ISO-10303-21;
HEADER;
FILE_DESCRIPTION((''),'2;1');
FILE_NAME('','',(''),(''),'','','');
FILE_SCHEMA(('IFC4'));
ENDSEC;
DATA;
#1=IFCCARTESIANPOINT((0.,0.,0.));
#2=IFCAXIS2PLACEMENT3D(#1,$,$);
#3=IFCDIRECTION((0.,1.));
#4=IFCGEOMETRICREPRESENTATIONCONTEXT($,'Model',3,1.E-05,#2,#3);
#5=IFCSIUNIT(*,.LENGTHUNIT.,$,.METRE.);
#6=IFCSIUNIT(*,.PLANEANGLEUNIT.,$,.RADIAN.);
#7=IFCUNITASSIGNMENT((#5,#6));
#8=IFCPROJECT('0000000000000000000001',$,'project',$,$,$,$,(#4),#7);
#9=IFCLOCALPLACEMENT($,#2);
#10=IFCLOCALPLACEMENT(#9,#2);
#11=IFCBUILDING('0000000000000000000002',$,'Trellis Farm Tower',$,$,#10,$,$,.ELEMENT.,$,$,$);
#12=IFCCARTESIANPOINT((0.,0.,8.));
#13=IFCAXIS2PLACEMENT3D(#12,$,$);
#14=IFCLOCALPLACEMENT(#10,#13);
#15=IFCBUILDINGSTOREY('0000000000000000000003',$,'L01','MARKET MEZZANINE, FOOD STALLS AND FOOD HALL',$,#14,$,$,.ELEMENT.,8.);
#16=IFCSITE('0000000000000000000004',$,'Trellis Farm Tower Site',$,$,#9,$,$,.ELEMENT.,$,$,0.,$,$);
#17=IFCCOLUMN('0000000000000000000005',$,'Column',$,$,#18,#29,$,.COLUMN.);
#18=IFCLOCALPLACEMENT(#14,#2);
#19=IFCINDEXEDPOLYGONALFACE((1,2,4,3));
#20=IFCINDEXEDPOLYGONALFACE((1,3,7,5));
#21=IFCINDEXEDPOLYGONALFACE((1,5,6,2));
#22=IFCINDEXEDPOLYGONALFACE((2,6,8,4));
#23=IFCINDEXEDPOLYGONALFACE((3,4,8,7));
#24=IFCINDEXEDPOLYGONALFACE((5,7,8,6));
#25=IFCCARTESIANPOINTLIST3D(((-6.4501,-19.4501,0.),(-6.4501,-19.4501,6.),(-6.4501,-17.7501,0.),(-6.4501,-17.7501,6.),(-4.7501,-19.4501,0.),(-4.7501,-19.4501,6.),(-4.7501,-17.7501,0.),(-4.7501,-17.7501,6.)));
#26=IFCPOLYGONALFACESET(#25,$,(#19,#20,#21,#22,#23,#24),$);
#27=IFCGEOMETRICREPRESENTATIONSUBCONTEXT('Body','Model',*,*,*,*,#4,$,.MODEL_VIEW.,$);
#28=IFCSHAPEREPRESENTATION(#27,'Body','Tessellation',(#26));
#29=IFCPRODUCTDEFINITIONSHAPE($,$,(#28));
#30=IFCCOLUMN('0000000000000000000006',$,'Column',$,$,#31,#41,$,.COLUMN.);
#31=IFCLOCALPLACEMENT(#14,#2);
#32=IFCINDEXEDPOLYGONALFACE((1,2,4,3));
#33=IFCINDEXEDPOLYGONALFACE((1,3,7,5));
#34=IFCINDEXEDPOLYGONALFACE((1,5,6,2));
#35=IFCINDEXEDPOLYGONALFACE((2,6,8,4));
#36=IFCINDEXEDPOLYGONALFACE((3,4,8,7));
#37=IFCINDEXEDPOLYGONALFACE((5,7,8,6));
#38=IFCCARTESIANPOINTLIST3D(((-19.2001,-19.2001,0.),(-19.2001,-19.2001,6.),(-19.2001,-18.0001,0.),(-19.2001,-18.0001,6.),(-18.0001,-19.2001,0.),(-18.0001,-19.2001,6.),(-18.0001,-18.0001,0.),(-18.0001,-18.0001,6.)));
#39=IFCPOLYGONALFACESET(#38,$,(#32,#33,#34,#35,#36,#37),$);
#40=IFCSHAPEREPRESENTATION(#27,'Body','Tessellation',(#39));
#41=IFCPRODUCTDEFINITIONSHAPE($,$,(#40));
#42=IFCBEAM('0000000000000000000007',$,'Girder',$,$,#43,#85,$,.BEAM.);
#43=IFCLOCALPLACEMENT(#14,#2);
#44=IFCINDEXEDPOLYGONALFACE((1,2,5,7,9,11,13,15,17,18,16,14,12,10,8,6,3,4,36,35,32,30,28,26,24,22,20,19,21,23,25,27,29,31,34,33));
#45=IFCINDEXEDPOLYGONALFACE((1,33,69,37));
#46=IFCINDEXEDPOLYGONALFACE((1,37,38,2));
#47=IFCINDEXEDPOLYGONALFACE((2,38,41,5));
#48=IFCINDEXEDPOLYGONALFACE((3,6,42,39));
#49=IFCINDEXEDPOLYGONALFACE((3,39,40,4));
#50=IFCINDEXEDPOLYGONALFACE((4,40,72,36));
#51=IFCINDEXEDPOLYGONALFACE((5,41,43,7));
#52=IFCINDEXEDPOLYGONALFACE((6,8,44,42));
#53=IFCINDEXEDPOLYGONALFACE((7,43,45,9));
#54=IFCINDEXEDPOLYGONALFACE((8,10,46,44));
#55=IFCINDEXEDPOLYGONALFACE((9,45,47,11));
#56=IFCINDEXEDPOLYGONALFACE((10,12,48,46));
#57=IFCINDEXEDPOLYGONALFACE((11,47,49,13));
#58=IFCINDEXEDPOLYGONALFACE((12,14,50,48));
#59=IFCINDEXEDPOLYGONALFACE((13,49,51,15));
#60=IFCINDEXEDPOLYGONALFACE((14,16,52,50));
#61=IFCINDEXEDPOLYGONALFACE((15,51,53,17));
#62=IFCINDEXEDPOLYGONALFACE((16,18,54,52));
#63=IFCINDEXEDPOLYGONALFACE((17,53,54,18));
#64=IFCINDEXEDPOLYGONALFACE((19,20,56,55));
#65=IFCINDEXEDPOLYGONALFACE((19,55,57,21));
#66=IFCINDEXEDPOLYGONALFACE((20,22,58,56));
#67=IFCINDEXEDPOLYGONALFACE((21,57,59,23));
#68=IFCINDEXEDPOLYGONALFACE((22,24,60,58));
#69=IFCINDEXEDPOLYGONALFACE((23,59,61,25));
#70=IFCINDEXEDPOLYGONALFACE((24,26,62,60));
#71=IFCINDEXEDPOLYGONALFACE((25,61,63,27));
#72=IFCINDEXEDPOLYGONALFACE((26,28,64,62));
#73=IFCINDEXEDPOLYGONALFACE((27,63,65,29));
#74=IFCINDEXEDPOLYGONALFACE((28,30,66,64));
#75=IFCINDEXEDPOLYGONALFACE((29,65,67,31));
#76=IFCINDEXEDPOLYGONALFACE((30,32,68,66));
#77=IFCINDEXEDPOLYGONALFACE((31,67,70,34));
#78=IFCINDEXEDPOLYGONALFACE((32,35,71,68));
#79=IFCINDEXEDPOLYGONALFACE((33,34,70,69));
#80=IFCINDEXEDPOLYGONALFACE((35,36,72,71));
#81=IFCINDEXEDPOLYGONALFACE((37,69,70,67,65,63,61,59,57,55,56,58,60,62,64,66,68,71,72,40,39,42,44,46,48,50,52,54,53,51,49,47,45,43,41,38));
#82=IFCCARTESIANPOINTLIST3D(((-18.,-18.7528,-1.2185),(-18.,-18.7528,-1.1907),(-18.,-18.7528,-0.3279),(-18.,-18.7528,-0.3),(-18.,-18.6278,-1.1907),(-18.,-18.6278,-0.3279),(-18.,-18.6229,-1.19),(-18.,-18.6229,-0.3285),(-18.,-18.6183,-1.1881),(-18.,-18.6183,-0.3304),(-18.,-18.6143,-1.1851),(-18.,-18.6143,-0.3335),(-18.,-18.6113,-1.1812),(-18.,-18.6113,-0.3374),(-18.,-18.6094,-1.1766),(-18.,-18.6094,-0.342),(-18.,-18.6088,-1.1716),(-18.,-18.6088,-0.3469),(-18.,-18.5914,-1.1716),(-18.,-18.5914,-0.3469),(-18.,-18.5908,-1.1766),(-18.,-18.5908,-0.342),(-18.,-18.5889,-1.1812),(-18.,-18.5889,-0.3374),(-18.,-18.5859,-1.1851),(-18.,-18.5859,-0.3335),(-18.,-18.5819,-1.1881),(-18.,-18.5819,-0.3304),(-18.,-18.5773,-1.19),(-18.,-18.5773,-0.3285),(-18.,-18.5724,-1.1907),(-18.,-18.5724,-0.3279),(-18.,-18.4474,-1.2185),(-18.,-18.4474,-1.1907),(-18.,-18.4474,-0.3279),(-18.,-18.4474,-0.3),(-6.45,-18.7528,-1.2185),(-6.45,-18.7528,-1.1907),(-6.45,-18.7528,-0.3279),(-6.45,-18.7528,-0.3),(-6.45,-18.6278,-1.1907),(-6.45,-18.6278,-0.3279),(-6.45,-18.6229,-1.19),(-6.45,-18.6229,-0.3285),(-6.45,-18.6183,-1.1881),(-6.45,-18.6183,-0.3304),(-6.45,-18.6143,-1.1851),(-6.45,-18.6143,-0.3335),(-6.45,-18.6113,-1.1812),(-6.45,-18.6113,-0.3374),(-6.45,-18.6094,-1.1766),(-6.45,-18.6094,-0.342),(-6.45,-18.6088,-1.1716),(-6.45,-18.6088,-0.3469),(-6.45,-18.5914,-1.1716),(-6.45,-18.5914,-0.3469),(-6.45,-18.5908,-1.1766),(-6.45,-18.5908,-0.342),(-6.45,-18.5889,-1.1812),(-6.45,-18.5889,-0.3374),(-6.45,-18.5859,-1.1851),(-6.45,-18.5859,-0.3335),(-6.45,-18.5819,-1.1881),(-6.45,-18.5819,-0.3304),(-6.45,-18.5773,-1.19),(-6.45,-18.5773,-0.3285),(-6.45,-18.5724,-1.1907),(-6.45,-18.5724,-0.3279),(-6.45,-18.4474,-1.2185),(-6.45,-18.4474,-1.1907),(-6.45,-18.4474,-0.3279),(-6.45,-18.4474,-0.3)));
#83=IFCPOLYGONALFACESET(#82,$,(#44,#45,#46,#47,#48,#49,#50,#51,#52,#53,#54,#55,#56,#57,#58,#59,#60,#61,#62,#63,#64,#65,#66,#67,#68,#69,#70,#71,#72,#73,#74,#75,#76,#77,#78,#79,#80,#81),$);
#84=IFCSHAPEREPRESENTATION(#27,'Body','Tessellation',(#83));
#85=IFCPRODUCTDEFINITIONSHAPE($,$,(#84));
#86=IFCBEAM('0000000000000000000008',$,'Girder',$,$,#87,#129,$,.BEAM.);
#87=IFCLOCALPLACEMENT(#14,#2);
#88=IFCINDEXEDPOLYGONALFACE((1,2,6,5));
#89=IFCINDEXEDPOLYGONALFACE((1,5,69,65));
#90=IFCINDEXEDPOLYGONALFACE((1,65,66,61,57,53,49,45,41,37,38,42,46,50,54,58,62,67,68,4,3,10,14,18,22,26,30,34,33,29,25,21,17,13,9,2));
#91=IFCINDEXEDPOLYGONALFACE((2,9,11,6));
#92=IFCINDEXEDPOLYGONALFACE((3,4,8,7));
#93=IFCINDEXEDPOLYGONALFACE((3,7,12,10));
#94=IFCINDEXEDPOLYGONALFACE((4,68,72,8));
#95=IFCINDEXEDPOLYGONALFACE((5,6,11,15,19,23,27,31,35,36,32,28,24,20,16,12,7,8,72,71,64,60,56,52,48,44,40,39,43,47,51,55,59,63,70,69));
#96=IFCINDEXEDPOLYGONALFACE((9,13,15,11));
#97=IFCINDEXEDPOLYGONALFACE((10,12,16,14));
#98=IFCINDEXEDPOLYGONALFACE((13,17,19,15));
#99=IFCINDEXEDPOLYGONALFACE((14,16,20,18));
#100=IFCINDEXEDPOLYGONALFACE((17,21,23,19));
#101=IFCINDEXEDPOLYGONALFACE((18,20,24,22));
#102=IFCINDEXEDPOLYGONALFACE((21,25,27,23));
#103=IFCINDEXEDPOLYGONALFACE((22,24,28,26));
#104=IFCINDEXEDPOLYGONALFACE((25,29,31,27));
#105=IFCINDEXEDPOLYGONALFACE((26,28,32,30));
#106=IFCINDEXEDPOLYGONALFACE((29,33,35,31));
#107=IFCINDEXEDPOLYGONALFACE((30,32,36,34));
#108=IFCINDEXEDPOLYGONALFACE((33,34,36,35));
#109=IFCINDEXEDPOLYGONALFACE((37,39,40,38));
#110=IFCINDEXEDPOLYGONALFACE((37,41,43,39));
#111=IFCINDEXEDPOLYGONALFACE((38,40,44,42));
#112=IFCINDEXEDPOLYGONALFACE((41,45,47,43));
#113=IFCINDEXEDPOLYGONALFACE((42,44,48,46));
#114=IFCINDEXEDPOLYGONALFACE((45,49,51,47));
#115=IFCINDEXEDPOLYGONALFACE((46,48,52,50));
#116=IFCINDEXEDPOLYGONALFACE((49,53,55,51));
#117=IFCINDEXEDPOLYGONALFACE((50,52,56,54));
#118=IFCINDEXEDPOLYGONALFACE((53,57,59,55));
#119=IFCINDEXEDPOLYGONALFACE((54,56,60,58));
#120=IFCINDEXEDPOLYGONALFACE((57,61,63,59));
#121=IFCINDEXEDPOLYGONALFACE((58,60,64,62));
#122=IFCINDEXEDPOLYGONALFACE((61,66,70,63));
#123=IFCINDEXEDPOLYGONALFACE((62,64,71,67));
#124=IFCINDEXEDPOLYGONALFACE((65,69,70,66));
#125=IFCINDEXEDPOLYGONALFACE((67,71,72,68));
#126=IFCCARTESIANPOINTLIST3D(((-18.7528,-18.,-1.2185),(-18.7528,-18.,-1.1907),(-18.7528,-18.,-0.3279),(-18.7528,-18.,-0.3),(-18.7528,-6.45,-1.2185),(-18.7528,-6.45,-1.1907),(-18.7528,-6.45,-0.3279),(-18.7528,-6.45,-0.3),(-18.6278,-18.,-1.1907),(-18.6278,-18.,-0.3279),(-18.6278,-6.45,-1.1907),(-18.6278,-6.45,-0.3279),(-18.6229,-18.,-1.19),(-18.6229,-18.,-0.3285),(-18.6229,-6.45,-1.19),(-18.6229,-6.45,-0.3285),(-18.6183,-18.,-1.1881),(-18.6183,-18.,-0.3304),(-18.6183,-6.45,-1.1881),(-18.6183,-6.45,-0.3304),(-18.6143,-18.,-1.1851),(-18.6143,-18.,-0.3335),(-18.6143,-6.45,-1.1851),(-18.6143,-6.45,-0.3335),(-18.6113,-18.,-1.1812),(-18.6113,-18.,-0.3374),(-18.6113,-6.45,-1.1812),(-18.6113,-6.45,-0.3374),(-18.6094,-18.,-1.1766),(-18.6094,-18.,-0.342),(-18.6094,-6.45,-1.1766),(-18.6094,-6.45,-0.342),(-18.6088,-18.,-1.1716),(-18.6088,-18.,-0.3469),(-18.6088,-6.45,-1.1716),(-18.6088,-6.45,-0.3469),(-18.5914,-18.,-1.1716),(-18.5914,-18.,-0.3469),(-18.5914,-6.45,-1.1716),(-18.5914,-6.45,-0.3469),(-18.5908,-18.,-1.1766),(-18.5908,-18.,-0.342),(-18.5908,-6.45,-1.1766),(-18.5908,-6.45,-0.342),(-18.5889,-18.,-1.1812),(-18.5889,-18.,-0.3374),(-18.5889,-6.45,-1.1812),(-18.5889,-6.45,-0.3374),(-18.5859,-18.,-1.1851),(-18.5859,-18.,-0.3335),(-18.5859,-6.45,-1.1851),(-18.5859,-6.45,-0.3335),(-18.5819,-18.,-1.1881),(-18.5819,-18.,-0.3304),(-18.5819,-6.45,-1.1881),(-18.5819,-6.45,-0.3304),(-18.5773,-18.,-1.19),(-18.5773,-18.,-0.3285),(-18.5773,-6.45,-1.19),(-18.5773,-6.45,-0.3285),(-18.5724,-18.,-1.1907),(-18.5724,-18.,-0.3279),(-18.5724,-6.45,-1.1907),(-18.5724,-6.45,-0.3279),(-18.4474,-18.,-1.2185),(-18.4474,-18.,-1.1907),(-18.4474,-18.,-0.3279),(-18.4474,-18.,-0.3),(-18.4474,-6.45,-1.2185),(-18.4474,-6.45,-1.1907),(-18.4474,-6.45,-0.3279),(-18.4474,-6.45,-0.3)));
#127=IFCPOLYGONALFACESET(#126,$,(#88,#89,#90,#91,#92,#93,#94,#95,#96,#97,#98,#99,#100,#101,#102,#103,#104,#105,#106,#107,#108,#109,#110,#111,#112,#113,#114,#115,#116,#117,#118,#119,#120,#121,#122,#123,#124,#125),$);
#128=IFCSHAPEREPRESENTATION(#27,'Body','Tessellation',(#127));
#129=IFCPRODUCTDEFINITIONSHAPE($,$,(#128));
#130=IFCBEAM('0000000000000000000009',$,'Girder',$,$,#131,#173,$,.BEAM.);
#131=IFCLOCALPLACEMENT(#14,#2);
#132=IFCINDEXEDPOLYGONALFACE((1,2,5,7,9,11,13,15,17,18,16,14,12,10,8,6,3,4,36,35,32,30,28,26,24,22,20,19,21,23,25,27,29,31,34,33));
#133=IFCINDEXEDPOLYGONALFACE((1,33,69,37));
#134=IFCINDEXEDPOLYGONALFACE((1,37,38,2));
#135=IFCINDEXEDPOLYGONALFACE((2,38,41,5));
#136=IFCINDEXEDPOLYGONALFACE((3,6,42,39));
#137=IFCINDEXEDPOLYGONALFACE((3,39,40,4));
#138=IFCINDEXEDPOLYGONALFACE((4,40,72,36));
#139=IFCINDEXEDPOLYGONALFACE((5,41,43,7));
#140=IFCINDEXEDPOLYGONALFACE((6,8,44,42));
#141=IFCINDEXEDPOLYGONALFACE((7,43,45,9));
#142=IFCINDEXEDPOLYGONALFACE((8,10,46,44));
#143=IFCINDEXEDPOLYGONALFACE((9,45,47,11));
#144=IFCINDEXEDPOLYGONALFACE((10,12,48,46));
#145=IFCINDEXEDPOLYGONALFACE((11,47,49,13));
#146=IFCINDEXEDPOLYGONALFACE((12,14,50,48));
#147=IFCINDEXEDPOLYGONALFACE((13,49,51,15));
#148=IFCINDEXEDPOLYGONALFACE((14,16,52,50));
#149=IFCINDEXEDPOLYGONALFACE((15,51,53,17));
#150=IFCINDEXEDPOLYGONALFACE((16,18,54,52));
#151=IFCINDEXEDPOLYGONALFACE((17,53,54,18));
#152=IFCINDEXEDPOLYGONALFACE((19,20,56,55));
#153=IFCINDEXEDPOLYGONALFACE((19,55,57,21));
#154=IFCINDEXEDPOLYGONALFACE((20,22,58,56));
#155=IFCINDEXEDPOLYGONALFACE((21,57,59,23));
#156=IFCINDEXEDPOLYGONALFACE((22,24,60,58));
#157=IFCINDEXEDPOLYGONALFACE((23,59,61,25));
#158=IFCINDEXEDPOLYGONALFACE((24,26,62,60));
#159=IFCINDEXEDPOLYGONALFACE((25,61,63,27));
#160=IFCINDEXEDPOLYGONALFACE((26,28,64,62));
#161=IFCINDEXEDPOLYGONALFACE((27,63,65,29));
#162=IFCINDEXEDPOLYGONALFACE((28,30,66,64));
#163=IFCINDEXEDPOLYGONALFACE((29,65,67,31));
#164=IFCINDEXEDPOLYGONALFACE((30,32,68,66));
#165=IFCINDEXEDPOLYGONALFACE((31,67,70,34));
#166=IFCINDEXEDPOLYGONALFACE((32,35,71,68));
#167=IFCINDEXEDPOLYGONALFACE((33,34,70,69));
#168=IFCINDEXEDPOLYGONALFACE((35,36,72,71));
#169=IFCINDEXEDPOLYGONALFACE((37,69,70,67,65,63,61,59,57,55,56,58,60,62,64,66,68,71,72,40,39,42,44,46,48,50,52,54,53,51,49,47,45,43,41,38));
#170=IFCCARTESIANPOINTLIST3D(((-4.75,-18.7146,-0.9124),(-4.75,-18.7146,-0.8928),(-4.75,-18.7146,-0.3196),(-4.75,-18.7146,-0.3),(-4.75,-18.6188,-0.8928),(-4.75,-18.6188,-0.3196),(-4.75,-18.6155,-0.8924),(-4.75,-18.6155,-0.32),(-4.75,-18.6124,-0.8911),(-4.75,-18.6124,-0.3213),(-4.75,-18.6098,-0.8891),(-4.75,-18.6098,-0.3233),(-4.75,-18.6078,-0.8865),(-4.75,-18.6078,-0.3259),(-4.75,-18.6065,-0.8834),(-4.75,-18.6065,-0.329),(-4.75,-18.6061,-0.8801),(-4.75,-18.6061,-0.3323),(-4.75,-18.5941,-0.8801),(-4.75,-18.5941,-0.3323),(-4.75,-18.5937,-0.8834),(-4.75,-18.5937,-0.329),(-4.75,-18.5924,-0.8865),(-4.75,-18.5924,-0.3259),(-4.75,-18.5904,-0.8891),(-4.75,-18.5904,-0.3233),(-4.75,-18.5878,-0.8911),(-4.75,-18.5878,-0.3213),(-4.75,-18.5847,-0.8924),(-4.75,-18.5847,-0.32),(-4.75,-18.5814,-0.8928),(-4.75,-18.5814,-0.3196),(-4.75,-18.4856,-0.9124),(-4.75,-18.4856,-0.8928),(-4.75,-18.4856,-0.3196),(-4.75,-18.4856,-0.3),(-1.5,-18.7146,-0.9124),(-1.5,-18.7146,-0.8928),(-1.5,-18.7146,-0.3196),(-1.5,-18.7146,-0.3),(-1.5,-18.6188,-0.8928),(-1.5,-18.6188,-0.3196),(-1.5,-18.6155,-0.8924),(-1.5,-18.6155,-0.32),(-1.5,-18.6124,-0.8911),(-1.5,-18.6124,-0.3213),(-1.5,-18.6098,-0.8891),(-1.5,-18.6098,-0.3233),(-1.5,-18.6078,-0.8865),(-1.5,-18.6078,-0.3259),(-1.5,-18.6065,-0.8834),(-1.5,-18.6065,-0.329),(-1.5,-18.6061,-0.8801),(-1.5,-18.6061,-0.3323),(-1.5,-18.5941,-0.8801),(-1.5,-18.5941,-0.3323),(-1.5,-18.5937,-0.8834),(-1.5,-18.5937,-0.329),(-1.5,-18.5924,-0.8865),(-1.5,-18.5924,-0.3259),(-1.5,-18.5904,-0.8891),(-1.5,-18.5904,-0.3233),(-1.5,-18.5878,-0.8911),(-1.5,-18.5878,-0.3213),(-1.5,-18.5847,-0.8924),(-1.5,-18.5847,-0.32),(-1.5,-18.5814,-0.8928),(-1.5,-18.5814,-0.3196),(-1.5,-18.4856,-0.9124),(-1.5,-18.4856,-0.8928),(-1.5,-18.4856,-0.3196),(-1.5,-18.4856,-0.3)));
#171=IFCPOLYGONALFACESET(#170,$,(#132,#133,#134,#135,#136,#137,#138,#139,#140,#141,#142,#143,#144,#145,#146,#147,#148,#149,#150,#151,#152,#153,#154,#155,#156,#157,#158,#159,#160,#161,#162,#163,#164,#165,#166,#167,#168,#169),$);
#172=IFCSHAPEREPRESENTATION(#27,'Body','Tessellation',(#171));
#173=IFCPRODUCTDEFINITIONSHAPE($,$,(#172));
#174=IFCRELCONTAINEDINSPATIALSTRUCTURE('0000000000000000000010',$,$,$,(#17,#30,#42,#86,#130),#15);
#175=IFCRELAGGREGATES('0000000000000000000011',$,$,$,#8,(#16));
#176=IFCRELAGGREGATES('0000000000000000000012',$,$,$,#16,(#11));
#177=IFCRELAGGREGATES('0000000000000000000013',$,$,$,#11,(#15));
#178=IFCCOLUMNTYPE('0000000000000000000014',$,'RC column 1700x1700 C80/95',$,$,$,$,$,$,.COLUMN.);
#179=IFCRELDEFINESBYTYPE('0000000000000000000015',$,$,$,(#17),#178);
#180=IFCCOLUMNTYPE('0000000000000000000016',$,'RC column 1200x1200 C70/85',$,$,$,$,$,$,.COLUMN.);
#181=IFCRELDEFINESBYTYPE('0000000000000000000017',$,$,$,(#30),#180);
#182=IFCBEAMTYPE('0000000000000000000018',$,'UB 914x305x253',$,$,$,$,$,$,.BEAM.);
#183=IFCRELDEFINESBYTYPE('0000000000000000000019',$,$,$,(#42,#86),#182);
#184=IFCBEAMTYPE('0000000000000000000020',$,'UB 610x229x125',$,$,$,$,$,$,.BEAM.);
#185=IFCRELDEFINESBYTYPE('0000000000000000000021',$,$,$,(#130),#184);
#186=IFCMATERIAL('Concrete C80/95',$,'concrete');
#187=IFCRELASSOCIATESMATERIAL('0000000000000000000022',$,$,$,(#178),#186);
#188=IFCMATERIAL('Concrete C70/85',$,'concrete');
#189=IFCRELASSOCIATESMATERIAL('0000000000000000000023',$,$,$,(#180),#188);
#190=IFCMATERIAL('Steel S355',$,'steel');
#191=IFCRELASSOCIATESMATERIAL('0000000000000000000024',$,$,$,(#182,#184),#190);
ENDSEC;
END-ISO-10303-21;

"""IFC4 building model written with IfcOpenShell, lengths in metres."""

from ifc_helpers import new_model, si_unit, direction, frame, origin, origin_2d, place, context, subcontext, project, spatial, rectangle, i_section, extrude, source, transform, mapped, material, material_profile, profile_set, type_object, element, save


model = new_model("IFC4")

# Units and contexts
model_context = context("Model", 3, precision=1e-05, world=origin(), true_north=direction((0.0, 1.0)))
body_context = subcontext(model_context, "Body", "Model", "MODEL_VIEW")
ifc_project = project(units=[si_unit("LENGTHUNIT", "METRE"), si_unit("PLANEANGLEUNIT", "RADIAN")], contexts=[model_context])

# Site, building, storey
site_placement = place(None, origin())
site = spatial("IfcSite", under=ifc_project, at=site_placement, Name="Trellis Farm Tower Site", CompositionType="ELEMENT", RefElevation=0.0)
building_placement = place(site_placement, origin())
building = spatial("IfcBuilding", under=site, at=building_placement, Name="Trellis Farm Tower", CompositionType="ELEMENT")
storey_placement = place(building_placement, frame((0.0, 0.0, 8.0)))
storey = spatial("IfcBuildingStorey", under=building, at=storey_placement, Name="L01", Description="MARKET MEZZANINE, FOOD STALLS AND FOOD HALL", CompositionType="ELEMENT", Elevation=8.0)

# Columns
ifc_material_1 = material(Name="Concrete C80/95", Category="concrete")
ifc_material_profile_1 = material_profile(ifc_material_1, rectangle(XDim=1.7, YDim=1.7, at=origin_2d()), Name="RC column 1700x1700 C80/95")
ifc_profile_set_1 = profile_set([ifc_material_profile_1], Name="Concrete C80/95")
column_type_1 = type_object("IfcColumnType", Name="RC column 1700x1700 C80/95", PredefinedType="COLUMN", material=ifc_profile_set_1)
shared_shape_1 = source(origin(), body_context, "Body", "SweptSolid", [
    extrude(rectangle(XDim=1.7, YDim=1.7, at=origin_2d()), origin(), (0.0, 0.0, 1.0), 6.0),
])
column_1_placement = place(storey_placement, frame((-5.6001, -18.6001, 0.0), z_axis=(0.0, 0.0, 1.0), x_axis=(1.0, 0.0, 0.0)))
element("IfcColumn", 1, at=column_1_placement, inside=storey, type_object=column_type_1, Name="Column", PredefinedType="COLUMN", context=body_context, shape_type="MappedRepresentation", body=[
    mapped(shared_shape_1, transform((0.0, 0.0, 0.0))),
])
ifc_material_2 = material(Name="Concrete C70/85", Category="concrete")
ifc_material_profile_2 = material_profile(ifc_material_2, rectangle(XDim=1.2, YDim=1.2, at=origin_2d()), Name="RC column 1200x1200 C70/85")
ifc_profile_set_2 = profile_set([ifc_material_profile_2], Name="Concrete C70/85")
column_type_2 = type_object("IfcColumnType", Name="RC column 1200x1200 C70/85", PredefinedType="COLUMN", material=ifc_profile_set_2)
shared_shape_2 = source(origin(), body_context, "Body", "SweptSolid", [
    extrude(rectangle(XDim=1.2, YDim=1.2, at=origin_2d()), origin(), (0.0, 0.0, 1.0), 6.0),
])
column_2_placement = place(storey_placement, frame((-18.6001, -18.6001, 0.0), z_axis=(0.0, 0.0, 1.0), x_axis=(1.0, 0.0, 0.0)))
element("IfcColumn", 2, at=column_2_placement, inside=storey, type_object=column_type_2, Name="Column", PredefinedType="COLUMN", context=body_context, shape_type="MappedRepresentation", body=[
    mapped(shared_shape_2, transform((0.0, 0.0, 0.0))),
])

# Beams
ifc_material_3 = material(Name="Steel S355", Category="steel")
ifc_material_profile_3 = material_profile(ifc_material_3, i_section(OverallWidth=0.3054, OverallDepth=0.9185, WebThickness=0.0173, FlangeThickness=0.0278, FilletRadius=0.019, at=origin_2d()), Name="UB 914x305x253")
ifc_profile_set_3 = profile_set([ifc_material_profile_3], Name="Steel S355")
beam_type_1 = type_object("IfcBeamType", Name="UB 914x305x253", PredefinedType="BEAM", material=ifc_profile_set_3)
shared_shape_3 = source(origin(), body_context, "Body", "SweptSolid", [
    extrude(i_section(OverallWidth=0.3054, OverallDepth=0.9185, WebThickness=0.0173, FlangeThickness=0.0278, FilletRadius=0.019, at=origin_2d()), origin(), (0.0, 0.0, 1.0), 11.55),
])
for number, where, z_axis, x_axis, name in (
    (3, (-18.0, -18.6001, -0.7593), (1.0, 0.0, 0.0), (0.0, 1.0, 0.0), "Girder"),
    (4, (-18.6001, -18.0, -0.7593), (0.0, 1.0, 0.0), (-1.0, 0.0, 0.0), "Girder"),
):
    element("IfcBeam", number, at=place(storey_placement, frame(where, z_axis=z_axis, x_axis=x_axis)), inside=storey, type_object=beam_type_1, Name=name, PredefinedType="BEAM", context=body_context, shape_type="MappedRepresentation", body=[
        mapped(shared_shape_3, transform((0.0, 0.0, 0.0))),
    ])
ifc_material_profile_4 = material_profile(ifc_material_3, i_section(OverallWidth=0.229, OverallDepth=0.6123, WebThickness=0.012, FlangeThickness=0.0195, FilletRadius=0.0127, at=origin_2d()), Name="UB 610x229x125")
ifc_profile_set_4 = profile_set([ifc_material_profile_4], Name="Steel S355")
beam_type_2 = type_object("IfcBeamType", Name="UB 610x229x125", PredefinedType="BEAM", material=ifc_profile_set_4)
shared_shape_4 = source(origin(), body_context, "Body", "SweptSolid", [
    extrude(i_section(OverallWidth=0.229, OverallDepth=0.6123, WebThickness=0.012, FlangeThickness=0.0195, FilletRadius=0.0127, at=origin_2d()), origin(), (0.0, 0.0, 1.0), 3.25),
])
beam_1_placement = place(storey_placement, frame((-4.75, -18.6001, -0.6062), z_axis=(1.0, 0.0, 0.0), x_axis=(0.0, 1.0, 0.0)))
element("IfcBeam", 5, at=beam_1_placement, inside=storey, type_object=beam_type_2, Name="Girder", PredefinedType="BEAM", context=body_context, shape_type="MappedRepresentation", body=[
    mapped(shared_shape_4, transform((0.0, 0.0, 0.0))),
])

save(model, "model.ifc")
